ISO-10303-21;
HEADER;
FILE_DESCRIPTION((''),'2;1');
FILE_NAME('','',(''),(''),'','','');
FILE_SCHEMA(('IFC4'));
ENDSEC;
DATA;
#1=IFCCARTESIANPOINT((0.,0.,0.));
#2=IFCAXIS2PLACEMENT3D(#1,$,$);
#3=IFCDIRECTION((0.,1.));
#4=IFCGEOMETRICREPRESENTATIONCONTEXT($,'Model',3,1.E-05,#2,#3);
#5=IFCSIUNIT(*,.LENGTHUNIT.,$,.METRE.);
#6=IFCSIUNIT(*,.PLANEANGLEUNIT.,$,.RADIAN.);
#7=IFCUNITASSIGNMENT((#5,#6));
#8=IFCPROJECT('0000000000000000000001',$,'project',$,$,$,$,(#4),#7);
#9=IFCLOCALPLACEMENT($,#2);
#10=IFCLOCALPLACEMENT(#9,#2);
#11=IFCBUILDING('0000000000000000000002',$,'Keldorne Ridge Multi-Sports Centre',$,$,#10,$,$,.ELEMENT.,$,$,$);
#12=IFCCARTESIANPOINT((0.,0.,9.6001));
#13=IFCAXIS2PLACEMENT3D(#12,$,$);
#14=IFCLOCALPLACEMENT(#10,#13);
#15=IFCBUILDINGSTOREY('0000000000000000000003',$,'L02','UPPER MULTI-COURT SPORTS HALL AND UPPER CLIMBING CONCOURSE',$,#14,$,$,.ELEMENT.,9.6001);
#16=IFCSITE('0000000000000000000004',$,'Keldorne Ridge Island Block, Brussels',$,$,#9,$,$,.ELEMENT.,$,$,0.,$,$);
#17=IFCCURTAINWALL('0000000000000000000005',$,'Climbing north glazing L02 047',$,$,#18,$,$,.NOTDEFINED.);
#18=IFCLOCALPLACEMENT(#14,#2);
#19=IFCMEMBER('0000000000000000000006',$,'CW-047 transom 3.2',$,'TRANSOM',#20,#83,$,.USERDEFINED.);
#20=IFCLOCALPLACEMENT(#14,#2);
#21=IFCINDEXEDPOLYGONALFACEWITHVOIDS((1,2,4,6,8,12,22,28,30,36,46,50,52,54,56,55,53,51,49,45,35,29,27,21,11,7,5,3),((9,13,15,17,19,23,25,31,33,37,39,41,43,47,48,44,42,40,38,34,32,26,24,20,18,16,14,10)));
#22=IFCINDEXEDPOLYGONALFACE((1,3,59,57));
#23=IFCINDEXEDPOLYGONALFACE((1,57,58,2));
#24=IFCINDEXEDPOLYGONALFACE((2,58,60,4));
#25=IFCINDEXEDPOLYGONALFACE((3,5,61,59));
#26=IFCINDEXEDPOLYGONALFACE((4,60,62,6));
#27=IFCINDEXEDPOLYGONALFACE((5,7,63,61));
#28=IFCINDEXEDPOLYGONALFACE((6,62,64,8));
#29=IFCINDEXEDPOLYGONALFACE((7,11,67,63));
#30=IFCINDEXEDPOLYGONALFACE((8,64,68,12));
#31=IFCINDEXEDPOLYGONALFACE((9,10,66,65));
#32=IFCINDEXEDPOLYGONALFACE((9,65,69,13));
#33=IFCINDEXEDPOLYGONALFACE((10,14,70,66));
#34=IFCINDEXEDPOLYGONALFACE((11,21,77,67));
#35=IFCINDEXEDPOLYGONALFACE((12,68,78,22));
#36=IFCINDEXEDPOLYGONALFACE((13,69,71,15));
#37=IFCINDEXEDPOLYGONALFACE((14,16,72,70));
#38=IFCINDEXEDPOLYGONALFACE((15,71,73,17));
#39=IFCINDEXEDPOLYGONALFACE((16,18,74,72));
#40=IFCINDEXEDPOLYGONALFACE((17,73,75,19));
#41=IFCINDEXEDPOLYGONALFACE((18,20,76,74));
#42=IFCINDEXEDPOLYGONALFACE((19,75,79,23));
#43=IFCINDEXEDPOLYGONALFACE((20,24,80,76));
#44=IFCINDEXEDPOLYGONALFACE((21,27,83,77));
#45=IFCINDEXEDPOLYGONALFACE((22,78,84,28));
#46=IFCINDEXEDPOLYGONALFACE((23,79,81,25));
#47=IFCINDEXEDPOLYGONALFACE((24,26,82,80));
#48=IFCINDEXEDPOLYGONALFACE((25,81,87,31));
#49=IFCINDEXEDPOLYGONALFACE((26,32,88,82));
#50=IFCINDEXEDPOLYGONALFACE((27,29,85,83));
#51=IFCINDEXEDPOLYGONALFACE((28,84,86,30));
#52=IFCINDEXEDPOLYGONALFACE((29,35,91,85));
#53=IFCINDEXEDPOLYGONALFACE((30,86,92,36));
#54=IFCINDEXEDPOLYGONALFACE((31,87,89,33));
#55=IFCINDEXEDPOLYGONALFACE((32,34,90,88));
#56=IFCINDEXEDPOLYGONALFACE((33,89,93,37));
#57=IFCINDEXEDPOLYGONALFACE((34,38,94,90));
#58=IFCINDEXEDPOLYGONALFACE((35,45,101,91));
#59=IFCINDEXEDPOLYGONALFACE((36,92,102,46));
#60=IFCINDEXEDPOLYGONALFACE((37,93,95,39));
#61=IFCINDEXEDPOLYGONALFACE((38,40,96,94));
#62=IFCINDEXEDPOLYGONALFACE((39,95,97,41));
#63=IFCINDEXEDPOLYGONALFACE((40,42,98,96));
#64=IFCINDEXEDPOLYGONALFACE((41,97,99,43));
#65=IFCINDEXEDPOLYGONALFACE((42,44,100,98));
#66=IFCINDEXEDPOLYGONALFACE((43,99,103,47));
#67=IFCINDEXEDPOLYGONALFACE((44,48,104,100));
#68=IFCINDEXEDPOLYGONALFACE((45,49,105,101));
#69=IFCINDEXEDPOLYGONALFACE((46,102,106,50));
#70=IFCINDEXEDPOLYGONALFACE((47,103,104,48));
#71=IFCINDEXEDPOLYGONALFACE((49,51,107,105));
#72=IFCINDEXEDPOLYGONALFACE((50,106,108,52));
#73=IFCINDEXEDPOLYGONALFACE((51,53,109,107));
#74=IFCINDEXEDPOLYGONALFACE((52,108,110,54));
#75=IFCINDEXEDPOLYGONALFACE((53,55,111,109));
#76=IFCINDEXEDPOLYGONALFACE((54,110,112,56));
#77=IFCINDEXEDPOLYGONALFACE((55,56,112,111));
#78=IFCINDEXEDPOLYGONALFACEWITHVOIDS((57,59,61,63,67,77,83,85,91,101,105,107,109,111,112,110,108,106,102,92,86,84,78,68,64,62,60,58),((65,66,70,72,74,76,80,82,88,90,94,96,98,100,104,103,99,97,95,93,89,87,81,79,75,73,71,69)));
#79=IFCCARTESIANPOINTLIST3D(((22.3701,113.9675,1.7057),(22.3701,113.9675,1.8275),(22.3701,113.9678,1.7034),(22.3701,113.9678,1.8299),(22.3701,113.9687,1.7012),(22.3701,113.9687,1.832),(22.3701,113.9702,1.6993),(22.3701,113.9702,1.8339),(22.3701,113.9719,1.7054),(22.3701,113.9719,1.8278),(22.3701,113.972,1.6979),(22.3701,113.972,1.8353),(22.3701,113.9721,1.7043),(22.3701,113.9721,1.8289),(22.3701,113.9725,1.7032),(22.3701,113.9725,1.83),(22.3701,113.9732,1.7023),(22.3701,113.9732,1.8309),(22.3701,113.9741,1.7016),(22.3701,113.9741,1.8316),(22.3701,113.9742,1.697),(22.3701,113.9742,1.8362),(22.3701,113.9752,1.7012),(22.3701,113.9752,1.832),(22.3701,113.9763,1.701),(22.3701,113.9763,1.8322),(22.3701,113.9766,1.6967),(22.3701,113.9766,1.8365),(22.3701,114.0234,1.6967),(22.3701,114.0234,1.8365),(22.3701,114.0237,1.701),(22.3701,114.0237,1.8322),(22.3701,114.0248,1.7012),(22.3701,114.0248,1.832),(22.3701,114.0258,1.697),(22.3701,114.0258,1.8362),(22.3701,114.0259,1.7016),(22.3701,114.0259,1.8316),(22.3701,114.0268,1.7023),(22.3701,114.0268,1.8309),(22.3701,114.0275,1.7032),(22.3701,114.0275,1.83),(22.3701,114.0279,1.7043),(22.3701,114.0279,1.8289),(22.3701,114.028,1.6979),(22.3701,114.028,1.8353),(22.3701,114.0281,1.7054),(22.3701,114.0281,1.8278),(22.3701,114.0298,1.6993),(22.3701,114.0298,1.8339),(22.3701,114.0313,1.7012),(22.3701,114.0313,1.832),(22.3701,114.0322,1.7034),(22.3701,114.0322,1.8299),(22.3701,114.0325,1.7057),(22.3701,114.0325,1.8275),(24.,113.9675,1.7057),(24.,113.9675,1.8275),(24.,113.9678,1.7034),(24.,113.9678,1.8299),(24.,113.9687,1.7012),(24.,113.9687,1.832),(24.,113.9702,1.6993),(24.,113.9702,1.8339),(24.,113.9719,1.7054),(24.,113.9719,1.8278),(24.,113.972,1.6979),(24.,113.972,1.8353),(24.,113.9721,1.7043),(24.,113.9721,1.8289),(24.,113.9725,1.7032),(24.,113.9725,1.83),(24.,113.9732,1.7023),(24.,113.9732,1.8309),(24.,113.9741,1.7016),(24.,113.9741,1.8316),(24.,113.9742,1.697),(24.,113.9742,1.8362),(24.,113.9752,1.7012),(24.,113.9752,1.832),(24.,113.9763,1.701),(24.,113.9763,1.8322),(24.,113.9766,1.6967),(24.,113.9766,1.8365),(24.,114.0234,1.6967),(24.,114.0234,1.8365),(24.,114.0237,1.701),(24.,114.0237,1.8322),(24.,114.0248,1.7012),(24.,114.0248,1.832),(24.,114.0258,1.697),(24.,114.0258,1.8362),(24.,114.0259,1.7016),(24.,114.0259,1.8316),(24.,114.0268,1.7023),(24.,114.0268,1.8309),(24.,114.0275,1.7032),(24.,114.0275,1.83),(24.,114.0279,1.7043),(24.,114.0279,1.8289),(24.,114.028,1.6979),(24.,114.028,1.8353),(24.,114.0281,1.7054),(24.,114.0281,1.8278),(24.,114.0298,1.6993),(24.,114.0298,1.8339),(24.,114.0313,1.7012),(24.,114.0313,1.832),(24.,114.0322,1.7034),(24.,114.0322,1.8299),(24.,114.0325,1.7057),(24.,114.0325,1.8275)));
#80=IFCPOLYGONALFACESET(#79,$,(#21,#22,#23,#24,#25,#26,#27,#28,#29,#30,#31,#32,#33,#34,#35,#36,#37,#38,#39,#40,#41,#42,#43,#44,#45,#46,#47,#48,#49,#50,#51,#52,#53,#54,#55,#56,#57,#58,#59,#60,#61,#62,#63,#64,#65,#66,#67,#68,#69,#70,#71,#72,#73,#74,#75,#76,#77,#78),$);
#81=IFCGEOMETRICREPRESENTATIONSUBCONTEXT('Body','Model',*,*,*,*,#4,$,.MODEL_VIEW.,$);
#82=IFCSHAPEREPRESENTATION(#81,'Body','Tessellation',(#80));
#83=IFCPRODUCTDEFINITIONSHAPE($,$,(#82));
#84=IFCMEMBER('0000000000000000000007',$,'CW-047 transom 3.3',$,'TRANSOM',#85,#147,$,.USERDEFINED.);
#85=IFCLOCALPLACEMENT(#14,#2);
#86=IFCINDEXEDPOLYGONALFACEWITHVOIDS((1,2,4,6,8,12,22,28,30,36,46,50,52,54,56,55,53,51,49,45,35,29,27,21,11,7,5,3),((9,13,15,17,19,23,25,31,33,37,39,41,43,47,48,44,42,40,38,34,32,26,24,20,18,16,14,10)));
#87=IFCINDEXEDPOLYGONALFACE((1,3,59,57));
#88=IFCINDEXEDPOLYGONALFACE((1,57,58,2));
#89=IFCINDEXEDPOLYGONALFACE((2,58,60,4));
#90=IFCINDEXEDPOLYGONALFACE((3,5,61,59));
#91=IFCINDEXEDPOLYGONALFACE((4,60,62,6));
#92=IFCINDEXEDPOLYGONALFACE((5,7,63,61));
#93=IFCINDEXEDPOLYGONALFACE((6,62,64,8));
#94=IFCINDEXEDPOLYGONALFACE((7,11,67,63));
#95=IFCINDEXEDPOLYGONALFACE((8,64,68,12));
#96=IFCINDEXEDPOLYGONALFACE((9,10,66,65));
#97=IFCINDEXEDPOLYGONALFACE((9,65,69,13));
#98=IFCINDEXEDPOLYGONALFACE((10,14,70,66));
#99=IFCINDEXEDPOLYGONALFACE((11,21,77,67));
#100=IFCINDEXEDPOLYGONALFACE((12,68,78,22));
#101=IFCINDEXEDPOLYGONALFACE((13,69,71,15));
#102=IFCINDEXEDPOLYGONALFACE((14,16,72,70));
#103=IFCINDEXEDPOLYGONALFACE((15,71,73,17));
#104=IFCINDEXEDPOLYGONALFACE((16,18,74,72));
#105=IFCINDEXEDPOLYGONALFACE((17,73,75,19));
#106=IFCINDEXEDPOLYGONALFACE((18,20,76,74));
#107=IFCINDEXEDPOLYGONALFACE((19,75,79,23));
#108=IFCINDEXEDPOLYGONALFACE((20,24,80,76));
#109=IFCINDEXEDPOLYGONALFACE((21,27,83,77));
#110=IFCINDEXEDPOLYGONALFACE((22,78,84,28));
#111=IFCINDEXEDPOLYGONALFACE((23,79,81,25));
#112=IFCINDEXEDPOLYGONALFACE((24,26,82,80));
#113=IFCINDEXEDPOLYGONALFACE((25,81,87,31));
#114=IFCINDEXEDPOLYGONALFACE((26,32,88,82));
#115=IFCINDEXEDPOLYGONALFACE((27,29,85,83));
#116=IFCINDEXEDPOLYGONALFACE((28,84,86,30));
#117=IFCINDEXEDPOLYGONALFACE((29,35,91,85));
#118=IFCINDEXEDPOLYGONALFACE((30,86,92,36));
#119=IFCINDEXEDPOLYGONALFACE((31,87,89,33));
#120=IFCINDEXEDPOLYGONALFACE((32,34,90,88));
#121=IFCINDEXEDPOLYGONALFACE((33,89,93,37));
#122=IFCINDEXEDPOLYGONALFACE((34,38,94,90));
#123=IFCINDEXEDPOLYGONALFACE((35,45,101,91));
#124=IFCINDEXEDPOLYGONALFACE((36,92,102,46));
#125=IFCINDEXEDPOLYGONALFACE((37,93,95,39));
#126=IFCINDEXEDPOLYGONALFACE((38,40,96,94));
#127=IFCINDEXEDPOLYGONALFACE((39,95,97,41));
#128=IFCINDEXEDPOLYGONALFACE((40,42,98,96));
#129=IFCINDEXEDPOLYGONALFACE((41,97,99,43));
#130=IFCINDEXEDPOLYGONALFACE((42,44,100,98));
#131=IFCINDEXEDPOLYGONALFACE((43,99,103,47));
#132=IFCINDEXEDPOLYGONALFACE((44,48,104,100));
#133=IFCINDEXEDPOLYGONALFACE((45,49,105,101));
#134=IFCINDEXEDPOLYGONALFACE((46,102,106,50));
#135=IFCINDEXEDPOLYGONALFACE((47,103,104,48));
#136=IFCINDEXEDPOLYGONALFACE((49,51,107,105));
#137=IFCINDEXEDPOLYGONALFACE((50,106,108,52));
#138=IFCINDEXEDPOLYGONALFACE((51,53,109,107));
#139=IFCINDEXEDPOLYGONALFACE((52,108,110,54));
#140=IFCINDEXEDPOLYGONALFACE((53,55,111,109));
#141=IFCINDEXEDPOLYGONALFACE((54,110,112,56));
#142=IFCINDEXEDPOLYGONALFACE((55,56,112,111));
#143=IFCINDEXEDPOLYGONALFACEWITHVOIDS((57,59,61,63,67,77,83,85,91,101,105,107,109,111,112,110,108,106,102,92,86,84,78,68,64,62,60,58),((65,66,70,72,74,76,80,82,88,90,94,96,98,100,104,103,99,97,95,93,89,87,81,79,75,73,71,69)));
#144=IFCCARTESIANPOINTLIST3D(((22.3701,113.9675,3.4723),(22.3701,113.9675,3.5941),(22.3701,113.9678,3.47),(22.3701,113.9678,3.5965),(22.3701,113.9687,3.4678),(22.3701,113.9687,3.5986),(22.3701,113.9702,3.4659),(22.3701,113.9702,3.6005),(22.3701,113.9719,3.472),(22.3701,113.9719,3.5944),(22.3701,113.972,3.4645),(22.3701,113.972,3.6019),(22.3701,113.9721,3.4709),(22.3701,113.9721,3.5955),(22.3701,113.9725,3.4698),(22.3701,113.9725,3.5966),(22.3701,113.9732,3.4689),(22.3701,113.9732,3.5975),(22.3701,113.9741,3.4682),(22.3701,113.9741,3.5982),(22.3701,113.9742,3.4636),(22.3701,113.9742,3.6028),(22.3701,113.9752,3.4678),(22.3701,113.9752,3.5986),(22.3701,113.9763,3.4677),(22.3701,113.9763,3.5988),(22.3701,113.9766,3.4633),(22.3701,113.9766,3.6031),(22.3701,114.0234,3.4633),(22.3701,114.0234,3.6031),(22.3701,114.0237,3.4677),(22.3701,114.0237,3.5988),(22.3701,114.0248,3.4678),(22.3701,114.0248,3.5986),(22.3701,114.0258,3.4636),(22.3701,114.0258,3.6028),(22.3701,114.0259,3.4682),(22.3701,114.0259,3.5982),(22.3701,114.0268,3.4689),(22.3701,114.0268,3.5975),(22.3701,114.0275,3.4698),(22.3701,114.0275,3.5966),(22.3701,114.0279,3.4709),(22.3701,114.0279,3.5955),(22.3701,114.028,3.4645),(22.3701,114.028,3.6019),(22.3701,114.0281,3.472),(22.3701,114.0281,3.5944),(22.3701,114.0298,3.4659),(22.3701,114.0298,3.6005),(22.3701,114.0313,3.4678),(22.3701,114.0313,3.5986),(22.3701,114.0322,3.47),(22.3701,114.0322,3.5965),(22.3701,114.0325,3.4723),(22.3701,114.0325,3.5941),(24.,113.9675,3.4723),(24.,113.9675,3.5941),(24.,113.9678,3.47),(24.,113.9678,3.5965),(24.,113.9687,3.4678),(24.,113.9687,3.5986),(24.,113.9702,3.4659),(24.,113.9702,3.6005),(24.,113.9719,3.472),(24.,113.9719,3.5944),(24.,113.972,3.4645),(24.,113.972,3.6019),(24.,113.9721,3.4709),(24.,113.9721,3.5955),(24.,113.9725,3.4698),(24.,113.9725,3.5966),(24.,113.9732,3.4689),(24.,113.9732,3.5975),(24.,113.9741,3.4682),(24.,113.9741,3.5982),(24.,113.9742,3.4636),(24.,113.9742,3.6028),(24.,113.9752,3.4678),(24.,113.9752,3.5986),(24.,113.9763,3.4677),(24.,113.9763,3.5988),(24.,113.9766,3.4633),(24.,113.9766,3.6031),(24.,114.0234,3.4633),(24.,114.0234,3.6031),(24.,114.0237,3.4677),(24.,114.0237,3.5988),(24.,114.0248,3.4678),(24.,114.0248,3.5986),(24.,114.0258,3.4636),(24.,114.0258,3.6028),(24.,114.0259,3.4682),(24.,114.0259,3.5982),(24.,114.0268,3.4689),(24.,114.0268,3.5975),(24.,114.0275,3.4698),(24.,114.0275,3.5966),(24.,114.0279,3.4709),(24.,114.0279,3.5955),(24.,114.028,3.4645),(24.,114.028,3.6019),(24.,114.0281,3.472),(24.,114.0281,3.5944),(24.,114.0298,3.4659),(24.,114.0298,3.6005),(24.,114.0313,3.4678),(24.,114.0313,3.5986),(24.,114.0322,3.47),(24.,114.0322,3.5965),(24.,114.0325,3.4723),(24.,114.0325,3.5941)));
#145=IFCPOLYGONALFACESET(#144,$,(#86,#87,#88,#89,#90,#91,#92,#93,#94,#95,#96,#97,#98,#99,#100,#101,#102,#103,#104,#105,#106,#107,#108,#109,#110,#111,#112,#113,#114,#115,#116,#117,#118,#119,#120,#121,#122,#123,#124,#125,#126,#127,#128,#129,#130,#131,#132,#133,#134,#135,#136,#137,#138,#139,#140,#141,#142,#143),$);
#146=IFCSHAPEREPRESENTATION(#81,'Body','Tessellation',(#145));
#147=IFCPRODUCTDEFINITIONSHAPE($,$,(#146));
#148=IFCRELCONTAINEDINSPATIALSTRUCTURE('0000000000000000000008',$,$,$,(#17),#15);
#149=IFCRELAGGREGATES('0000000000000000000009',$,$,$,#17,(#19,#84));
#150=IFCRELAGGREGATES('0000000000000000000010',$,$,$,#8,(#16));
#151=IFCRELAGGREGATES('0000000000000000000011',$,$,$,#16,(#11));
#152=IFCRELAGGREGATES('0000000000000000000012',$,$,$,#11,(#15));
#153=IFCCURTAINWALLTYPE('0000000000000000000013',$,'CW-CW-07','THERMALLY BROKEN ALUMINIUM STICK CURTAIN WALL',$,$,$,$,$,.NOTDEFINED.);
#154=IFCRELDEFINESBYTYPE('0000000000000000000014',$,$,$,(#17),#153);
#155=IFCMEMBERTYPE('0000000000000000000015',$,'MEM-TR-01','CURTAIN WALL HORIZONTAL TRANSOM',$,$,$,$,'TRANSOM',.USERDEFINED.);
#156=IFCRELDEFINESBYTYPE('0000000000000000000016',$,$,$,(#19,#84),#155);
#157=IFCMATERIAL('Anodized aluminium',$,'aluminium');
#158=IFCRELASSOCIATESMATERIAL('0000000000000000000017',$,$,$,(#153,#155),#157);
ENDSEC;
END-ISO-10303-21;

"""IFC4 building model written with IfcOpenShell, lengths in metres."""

from ifc_helpers import new_model, si_unit, direction, frame, origin, origin_2d, place, context, subcontext, project, spatial, hollow_rectangle, extrude, material, material_profile, profile_set, type_object, element, aggregate, save


model = new_model("IFC4")

# Units and contexts
model_context = context("Model", 3, precision=1e-05, world=origin(), true_north=direction((0.0, 1.0)))
body_context = subcontext(model_context, "Body", "Model", "MODEL_VIEW")
ifc_project = project(units=[si_unit("LENGTHUNIT", "METRE"), si_unit("PLANEANGLEUNIT", "RADIAN")], contexts=[model_context])

# Site, building, storey
site_placement = place(None, origin())
site = spatial("IfcSite", under=ifc_project, at=site_placement, Name="Keldorne Ridge Island Block, Brussels", CompositionType="ELEMENT", RefElevation=0.0)
building_placement = place(site_placement, origin())
building = spatial("IfcBuilding", under=site, at=building_placement, Name="Keldorne Ridge Multi-Sports Centre", CompositionType="ELEMENT")
storey_placement = place(building_placement, frame((0.0, 0.0, 9.6001)))
storey = spatial("IfcBuildingStorey", under=building, at=storey_placement, Name="L02", Description="UPPER MULTI-COURT SPORTS HALL AND UPPER CLIMBING CONCOURSE", CompositionType="ELEMENT", Elevation=9.6001)

# Curtain wall
ifc_material_1 = material(Name="Anodized aluminium", Category="aluminium")
curtain_wall_type = type_object("IfcCurtainWallType", Name="CW-CW-07", Description="THERMALLY BROKEN ALUMINIUM STICK CURTAIN WALL", PredefinedType="NOTDEFINED", material=ifc_material_1)
curtain_wall_placement = place(storey_placement, origin())
curtain_wall = element("IfcCurtainWall", 1, at=curtain_wall_placement, inside=storey, type_object=curtain_wall_type, Name="Climbing north glazing L02 047", PredefinedType="NOTDEFINED")

# Members
ifc_material_profile_1 = material_profile(ifc_material_1, hollow_rectangle(XDim=0.0649, YDim=0.1399, WallThickness=0.0044, InnerFilletRadius=0.0044, OuterFilletRadius=0.009, at=origin_2d()), Name="ALU TRANSOM 140x65x4.5")
ifc_profile_set_1 = profile_set([ifc_material_profile_1], Name="Anodized aluminium")
member_type_1 = type_object("IfcMemberType", Name="MEM-TR-01", Description="CURTAIN WALL HORIZONTAL TRANSOM", ElementType="TRANSOM", PredefinedType="USERDEFINED", material=ifc_profile_set_1)
member_1_placement = place(storey_placement, frame((24.0, 114.0, 1.7666), z_axis=(-1.0, 0.0, 0.0), x_axis=(0.0, -1.0, 0.0)))
member_1 = element("IfcMember", 2, at=member_1_placement, type_object=member_type_1, Name="CW-047 transom 3.2", ObjectType="TRANSOM", PredefinedType="USERDEFINED", context=body_context, shape_type="SweptSolid", body=[
    extrude(hollow_rectangle(XDim=0.0649, YDim=0.1399, WallThickness=0.0044, InnerFilletRadius=0.0044, OuterFilletRadius=0.009, at=origin_2d()), origin(), (0.0, 0.0, 1.0), 1.6299),
])
member_2_placement = place(storey_placement, frame((24.0, 114.0, 3.5332), z_axis=(-1.0, 0.0, 0.0), x_axis=(0.0, -1.0, 0.0)))
member_2 = element("IfcMember", 3, at=member_2_placement, type_object=member_type_1, Name="CW-047 transom 3.3", ObjectType="TRANSOM", PredefinedType="USERDEFINED", context=body_context, shape_type="SweptSolid", body=[
    extrude(hollow_rectangle(XDim=0.0649, YDim=0.1399, WallThickness=0.0044, InnerFilletRadius=0.0044, OuterFilletRadius=0.009, at=origin_2d()), origin(), (0.0, 0.0, 1.0), 1.6299),
])

aggregate(curtain_wall, [member_1, member_2])

save(model, "model.ifc")
